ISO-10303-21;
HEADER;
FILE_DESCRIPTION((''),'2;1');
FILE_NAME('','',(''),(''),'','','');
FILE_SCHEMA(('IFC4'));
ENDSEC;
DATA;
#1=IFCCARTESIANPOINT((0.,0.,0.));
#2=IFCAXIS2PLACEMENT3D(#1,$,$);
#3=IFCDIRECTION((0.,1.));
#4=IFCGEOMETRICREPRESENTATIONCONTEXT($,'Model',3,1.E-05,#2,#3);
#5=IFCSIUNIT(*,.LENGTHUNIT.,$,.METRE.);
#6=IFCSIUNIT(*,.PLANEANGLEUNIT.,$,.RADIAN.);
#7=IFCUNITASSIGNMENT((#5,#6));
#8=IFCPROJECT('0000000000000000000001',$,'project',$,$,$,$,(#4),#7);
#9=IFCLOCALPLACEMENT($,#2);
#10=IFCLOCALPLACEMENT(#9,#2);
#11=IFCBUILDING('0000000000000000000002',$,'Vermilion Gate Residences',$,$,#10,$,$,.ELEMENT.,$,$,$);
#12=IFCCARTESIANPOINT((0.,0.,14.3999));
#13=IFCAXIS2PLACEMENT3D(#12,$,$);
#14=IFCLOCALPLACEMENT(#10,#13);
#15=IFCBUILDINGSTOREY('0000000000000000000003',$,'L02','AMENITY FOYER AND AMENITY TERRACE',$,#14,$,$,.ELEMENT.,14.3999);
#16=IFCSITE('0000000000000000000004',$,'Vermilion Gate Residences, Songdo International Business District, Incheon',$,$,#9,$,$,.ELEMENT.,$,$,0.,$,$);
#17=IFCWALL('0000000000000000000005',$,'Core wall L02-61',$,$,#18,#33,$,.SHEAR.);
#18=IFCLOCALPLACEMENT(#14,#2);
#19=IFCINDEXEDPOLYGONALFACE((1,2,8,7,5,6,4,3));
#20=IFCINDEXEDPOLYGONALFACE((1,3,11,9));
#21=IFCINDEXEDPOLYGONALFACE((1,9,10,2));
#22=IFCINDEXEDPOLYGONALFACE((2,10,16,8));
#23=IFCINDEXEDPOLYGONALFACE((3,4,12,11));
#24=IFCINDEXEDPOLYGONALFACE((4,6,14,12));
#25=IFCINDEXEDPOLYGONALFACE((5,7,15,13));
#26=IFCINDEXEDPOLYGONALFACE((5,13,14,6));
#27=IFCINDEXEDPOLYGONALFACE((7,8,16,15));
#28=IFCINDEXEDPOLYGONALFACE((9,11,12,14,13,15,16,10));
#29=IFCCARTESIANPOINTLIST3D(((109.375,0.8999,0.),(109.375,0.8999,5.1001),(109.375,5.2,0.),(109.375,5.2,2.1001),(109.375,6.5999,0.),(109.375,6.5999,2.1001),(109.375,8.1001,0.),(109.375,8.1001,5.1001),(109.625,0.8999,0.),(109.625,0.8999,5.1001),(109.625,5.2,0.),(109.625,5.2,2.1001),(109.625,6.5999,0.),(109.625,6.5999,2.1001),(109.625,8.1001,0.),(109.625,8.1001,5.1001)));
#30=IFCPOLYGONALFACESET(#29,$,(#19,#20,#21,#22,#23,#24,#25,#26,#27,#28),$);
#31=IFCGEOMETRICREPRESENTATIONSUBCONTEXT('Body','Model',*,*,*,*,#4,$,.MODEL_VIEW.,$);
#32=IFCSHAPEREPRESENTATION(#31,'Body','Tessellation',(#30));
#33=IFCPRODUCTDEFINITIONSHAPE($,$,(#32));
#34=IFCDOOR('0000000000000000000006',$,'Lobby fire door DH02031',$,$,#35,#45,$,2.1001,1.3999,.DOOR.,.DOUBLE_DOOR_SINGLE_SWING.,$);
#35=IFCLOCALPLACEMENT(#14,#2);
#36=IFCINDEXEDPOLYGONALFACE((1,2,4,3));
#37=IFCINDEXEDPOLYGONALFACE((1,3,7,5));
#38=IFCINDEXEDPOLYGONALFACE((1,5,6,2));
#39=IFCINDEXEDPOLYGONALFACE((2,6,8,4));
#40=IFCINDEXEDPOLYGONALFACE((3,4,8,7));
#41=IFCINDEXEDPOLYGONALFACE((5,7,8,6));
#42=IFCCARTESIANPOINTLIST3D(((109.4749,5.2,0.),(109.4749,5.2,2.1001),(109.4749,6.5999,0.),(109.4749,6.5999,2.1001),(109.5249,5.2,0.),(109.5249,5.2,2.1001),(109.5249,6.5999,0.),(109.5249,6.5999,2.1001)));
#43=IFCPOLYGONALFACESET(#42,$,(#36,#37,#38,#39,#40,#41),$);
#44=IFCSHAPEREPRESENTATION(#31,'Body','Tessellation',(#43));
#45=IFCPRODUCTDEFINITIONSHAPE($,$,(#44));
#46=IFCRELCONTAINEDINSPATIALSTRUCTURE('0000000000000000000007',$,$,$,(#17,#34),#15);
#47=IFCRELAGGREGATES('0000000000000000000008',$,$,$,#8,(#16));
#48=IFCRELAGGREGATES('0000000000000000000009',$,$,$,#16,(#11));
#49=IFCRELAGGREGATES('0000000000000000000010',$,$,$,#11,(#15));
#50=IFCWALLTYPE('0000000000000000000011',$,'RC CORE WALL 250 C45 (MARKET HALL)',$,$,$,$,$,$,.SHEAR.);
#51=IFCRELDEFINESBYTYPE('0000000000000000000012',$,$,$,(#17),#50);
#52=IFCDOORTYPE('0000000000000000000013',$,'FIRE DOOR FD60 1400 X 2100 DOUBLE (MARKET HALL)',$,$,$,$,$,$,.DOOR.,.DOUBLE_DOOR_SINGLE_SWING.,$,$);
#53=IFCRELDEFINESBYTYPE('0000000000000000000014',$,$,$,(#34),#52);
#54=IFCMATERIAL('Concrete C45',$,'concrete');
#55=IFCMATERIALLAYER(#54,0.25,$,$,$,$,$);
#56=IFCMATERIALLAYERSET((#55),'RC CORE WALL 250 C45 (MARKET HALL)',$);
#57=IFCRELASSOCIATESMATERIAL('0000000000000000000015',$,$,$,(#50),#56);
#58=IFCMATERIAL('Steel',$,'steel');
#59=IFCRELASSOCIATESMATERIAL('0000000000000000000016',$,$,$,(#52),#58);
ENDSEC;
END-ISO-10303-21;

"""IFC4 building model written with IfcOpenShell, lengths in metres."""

from ifc_helpers import new_model, si_unit, direction, frame, frame_2d, origin, place, context, subcontext, project, spatial, rectangle, extrude, material, layer, layer_set, type_object, element, fill, save


model = new_model("IFC4")

# Units and contexts
model_context = context("Model", 3, precision=1e-05, world=origin(), true_north=direction((0.0, 1.0)))
body_context = subcontext(model_context, "Body", "Model", "MODEL_VIEW")
ifc_project = project(units=[si_unit("LENGTHUNIT", "METRE"), si_unit("PLANEANGLEUNIT", "RADIAN")], contexts=[model_context])

# Site, building, storey
site_placement = place(None, origin())
site = spatial("IfcSite", under=ifc_project, at=site_placement, Name="Vermilion Gate Residences, Songdo International Business District, Incheon", CompositionType="ELEMENT", RefElevation=0.0)
building_placement = place(site_placement, origin())
building = spatial("IfcBuilding", under=site, at=building_placement, Name="Vermilion Gate Residences", CompositionType="ELEMENT")
storey_placement = place(building_placement, frame((0.0, 0.0, 14.3999)))
storey = spatial("IfcBuildingStorey", under=building, at=storey_placement, Name="L02", Description="AMENITY FOYER AND AMENITY TERRACE", CompositionType="ELEMENT", Elevation=14.3999)

# Shared definitions
ifc_material_1 = material(Name="Concrete C45", Category="concrete")
ifc_layer_1 = layer(ifc_material_1, 0.25)
ifc_layer_set_1 = layer_set([ifc_layer_1], Name="RC CORE WALL 250 C45 (MARKET HALL)")
wall_type_1 = type_object("IfcWallType", Name="RC CORE WALL 250 C45 (MARKET HALL)", PredefinedType="SHEAR", material=ifc_layer_set_1)

# Wall, opening, door
wall_1_placement = place(storey_placement, frame((109.5, 0.8999, 0.0), z_axis=(0.0, 0.0, 1.0), x_axis=(0.0, 1.0, 0.0)))
wall_1 = element("IfcWall", 1, at=wall_1_placement, inside=storey, type_object=wall_type_1, Name="Core wall L02-61", PredefinedType="SHEAR", context=body_context, shape_type="SweptSolid", body=[
    extrude(rectangle(XDim=7.2002, YDim=0.25, at=frame_2d((3.6001, 0.0))), origin(), (0.0, 0.0, 1.0), 5.1001),
])
opening_1_placement = place(wall_1_placement, frame((4.3, 0.0, 0.0)))
opening_1 = element("IfcOpeningElement", 2, at=opening_1_placement, cuts=wall_1, PredefinedType="OPENING", context=body_context, shape_type="SweptSolid", body=[
    extrude(rectangle(XDim=1.3999, YDim=2.1001, at=frame_2d((0.7, 1.05))), frame((0.0, 0.135, 0.0), z_axis=(0.0, -1.0, 0.0), x_axis=(1.0, 0.0, 0.0)), (0.0, 0.0, 1.0), 0.27),
])
ifc_material_2 = material(Name="Steel", Category="steel")
door_type_1 = type_object("IfcDoorType", Name="FIRE DOOR FD60 1400 X 2100 DOUBLE (MARKET HALL)", OperationType="DOUBLE_DOOR_SINGLE_SWING", PredefinedType="DOOR", material=ifc_material_2)
door_1_placement = place(opening_1_placement, frame((1.3999, 0.0, 0.0), z_axis=(0.0, 0.0, 1.0), x_axis=(-1.0, 0.0, 0.0)))
door_1 = element("IfcDoor", 3, at=door_1_placement, inside=storey, type_object=door_type_1, Name="Lobby fire door DH02031", OperationType="DOUBLE_DOOR_SINGLE_SWING", OverallHeight=2.1001, OverallWidth=1.3999, PredefinedType="DOOR", context=body_context, shape_type="SweptSolid", body=[
    extrude(rectangle(XDim=1.3999, YDim=2.1001, at=frame_2d((0.7, 1.05))), frame((0.0, 0.0249, 0.0), z_axis=(0.0, -1.0, 0.0), x_axis=(1.0, 0.0, 0.0)), (0.0, 0.0, 1.0), 0.05),
])
fill(opening_1, door_1)

save(model, "model.ifc")
